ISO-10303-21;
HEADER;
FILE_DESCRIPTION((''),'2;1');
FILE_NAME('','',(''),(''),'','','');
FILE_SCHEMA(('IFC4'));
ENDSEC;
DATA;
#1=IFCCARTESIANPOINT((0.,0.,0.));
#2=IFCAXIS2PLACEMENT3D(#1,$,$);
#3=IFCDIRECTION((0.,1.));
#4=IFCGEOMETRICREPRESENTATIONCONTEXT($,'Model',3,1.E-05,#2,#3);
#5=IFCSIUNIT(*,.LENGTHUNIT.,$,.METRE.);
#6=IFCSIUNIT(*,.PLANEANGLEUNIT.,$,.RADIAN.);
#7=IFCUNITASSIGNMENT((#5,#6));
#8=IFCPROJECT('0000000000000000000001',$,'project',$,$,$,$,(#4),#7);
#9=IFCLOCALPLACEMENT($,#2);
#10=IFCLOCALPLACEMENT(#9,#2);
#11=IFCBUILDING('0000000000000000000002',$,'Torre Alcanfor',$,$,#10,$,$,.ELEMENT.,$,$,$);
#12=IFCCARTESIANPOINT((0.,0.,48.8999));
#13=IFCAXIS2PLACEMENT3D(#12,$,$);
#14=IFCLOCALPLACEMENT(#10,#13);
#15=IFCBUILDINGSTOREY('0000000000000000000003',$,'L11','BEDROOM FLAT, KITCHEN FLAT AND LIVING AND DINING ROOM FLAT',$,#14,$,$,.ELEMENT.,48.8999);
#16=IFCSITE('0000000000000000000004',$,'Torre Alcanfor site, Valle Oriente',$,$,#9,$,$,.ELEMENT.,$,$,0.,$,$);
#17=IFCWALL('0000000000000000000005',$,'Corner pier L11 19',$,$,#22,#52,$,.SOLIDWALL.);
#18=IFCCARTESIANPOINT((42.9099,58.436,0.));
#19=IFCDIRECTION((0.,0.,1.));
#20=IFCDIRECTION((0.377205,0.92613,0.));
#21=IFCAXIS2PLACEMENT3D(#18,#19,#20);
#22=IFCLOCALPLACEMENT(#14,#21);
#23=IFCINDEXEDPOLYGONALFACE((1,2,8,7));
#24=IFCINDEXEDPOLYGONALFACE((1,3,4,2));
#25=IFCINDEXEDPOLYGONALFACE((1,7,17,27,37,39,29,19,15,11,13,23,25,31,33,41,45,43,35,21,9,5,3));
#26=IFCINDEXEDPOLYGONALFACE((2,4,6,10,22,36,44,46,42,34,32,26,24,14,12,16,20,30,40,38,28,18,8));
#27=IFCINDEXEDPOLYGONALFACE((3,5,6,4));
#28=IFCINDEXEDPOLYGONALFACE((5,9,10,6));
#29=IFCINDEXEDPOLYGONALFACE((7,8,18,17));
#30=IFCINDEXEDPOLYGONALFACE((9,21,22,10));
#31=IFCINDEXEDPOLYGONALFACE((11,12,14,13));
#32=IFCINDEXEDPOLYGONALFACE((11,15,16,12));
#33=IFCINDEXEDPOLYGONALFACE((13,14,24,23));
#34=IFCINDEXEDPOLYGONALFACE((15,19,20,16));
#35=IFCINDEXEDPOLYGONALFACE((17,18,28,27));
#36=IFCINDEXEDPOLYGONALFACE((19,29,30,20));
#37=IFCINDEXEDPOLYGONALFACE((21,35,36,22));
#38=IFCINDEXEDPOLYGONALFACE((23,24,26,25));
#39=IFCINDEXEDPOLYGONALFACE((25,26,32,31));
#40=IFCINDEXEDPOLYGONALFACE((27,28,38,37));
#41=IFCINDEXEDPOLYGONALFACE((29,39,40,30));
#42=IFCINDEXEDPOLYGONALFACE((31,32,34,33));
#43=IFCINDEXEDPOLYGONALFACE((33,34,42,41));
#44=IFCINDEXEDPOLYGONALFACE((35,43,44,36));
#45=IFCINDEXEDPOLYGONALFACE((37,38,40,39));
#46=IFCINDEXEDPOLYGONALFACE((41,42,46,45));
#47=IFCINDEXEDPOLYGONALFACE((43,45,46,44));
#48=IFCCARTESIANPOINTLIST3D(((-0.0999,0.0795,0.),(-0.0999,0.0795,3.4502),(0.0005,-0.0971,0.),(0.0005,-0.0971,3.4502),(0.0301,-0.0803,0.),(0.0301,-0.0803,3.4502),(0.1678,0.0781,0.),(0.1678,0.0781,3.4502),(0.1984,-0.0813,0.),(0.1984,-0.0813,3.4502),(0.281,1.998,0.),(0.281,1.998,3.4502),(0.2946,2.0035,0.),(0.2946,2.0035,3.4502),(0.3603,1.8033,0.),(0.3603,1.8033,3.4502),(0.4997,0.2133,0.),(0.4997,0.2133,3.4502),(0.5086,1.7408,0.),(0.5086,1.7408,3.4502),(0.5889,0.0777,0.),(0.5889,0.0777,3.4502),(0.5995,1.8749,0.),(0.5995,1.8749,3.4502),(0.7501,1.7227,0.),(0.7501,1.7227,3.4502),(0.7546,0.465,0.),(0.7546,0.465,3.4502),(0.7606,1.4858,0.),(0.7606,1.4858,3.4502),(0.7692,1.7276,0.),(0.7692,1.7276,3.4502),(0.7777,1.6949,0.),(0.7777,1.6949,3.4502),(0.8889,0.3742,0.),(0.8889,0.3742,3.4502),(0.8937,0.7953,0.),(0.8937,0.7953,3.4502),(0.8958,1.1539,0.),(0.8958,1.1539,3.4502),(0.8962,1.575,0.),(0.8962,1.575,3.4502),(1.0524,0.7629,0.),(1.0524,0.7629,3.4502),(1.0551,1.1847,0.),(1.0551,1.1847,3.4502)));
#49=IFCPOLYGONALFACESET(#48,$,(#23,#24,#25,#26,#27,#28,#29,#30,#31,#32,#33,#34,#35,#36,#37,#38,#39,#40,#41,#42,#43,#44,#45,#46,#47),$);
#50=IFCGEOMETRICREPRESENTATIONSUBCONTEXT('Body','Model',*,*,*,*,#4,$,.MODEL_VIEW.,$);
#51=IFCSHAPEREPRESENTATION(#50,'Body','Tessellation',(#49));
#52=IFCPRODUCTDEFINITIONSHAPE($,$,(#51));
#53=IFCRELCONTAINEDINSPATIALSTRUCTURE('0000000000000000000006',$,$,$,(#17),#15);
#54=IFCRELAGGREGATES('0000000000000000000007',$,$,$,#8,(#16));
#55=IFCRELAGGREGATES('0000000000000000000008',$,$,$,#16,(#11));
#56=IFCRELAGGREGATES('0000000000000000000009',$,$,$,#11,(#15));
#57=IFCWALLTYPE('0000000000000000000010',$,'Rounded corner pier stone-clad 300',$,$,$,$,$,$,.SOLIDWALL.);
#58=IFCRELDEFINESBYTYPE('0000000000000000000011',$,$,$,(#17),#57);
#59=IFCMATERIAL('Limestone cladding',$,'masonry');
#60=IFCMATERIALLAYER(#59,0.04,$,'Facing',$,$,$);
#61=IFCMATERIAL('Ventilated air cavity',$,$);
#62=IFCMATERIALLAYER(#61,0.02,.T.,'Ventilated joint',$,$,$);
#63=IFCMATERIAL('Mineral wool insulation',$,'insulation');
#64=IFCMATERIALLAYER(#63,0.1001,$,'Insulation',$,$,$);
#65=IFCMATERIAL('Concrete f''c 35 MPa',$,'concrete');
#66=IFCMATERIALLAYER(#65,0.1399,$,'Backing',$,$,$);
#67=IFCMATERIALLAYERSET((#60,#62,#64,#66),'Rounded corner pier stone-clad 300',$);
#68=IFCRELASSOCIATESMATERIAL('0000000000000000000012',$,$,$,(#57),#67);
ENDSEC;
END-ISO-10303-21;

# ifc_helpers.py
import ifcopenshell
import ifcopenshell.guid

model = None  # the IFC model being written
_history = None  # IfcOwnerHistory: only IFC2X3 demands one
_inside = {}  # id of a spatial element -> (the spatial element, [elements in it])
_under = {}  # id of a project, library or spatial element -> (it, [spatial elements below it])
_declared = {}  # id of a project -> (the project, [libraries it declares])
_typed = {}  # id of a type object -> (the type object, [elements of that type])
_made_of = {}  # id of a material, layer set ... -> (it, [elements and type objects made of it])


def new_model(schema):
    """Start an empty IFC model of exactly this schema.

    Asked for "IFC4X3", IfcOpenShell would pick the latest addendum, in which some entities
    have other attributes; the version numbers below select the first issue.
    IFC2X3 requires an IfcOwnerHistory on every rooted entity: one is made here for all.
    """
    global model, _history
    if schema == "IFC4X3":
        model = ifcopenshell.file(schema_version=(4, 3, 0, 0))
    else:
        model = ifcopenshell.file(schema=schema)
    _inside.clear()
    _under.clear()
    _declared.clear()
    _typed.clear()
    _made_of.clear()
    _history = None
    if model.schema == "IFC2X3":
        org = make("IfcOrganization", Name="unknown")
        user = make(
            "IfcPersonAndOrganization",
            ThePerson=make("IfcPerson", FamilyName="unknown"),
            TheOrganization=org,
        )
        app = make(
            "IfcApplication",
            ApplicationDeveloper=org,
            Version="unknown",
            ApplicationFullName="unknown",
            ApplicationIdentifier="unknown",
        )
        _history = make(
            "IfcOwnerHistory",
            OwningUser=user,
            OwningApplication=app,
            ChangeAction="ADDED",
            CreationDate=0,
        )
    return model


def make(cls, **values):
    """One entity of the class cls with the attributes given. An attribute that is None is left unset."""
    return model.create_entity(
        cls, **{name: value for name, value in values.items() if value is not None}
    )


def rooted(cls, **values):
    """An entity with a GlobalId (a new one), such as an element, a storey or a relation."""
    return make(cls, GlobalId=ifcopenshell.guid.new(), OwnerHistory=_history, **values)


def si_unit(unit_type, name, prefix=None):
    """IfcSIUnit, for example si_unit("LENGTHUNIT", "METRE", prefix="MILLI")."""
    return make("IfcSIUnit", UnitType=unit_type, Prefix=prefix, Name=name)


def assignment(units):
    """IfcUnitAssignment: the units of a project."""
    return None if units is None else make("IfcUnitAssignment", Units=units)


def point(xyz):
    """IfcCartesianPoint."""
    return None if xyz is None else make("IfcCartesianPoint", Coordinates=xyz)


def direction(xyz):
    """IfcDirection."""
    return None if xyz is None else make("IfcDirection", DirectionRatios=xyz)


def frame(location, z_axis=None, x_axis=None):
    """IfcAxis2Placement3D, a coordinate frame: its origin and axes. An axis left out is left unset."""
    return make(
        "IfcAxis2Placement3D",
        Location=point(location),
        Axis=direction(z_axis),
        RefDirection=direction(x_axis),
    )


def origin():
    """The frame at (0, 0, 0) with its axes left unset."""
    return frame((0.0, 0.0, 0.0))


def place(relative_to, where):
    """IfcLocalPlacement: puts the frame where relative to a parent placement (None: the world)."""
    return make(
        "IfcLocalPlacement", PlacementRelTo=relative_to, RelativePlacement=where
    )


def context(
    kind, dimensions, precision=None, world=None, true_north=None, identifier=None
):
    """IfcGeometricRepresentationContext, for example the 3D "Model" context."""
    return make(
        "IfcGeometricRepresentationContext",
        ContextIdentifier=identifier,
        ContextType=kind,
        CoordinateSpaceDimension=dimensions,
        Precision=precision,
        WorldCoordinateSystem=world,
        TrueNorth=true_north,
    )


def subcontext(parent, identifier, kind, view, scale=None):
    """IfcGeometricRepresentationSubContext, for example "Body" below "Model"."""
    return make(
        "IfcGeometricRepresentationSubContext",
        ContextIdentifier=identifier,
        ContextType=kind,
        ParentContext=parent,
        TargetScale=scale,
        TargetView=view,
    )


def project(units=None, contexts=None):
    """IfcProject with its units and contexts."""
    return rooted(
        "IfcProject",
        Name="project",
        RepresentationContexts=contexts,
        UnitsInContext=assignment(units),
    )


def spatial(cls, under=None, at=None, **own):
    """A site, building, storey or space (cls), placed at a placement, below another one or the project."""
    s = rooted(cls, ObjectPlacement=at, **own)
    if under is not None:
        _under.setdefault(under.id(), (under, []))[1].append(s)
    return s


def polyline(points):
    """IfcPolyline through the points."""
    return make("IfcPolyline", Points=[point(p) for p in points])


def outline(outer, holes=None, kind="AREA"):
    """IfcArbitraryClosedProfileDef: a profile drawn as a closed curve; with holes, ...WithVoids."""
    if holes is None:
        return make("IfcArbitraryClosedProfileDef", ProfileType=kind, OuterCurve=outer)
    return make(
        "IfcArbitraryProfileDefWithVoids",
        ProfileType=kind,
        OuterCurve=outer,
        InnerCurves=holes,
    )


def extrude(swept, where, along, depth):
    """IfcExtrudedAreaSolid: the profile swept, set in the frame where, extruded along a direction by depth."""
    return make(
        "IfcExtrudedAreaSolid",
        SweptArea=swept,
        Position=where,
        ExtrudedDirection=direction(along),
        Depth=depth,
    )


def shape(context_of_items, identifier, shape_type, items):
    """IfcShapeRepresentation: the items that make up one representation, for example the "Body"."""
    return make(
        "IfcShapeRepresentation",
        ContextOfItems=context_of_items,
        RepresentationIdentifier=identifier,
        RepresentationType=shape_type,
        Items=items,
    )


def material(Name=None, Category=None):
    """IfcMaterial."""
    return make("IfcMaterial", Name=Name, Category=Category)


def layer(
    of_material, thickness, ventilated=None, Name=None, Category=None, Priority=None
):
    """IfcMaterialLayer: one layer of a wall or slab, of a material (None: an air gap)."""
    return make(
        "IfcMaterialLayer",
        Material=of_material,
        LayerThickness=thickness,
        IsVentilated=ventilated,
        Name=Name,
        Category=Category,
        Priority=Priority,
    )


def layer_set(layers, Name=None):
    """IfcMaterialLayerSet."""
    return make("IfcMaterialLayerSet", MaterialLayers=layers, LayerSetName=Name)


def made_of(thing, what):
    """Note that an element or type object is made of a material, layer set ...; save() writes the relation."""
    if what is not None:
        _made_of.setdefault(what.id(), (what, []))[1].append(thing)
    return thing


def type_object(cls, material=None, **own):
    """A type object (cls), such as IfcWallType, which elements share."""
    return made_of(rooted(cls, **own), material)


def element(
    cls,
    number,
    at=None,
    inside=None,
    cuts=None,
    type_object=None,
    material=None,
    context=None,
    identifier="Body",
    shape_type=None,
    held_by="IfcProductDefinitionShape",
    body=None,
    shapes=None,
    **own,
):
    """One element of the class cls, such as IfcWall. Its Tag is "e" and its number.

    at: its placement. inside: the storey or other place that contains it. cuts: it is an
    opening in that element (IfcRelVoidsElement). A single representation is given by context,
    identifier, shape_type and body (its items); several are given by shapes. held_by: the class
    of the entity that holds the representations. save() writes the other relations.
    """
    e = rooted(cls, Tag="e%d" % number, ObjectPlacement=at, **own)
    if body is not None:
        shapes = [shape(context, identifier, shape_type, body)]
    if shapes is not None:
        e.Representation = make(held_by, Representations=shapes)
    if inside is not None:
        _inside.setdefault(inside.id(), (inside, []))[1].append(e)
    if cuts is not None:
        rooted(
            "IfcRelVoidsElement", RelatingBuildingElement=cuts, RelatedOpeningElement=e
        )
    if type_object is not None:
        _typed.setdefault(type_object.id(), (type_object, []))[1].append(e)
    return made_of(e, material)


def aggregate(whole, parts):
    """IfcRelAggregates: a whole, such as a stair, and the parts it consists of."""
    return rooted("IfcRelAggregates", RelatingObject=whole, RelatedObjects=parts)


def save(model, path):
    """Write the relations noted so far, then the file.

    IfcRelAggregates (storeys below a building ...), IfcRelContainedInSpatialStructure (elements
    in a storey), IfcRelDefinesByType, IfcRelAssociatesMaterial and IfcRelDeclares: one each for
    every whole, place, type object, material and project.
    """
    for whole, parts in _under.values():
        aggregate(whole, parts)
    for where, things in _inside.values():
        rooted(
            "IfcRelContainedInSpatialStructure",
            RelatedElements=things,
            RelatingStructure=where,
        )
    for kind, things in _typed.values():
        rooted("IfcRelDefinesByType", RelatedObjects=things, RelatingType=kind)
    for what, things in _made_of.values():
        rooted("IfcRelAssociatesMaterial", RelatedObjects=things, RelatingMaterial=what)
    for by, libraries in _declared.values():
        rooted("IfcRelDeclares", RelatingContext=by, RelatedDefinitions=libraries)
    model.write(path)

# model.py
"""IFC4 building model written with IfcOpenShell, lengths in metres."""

from ifc_helpers import new_model, si_unit, direction, frame, origin, place, context, subcontext, project, spatial, polyline, outline, extrude, material, layer, layer_set, type_object, element, save


model = new_model("IFC4")

# Units and contexts
model_context = context("Model", 3, precision=1e-05, world=origin(), true_north=direction((0.0, 1.0)))
body_context = subcontext(model_context, "Body", "Model", "MODEL_VIEW")
ifc_project = project(units=[si_unit("LENGTHUNIT", "METRE"), si_unit("PLANEANGLEUNIT", "RADIAN")], contexts=[model_context])

# Site, building, storey
site_placement = place(None, origin())
site = spatial("IfcSite", under=ifc_project, at=site_placement, Name="Torre Alcanfor site, Valle Oriente", CompositionType="ELEMENT", RefElevation=0.0)
building_placement = place(site_placement, origin())
building = spatial("IfcBuilding", under=site, at=building_placement, Name="Torre Alcanfor", CompositionType="ELEMENT")
storey_placement = place(building_placement, frame((0.0, 0.0, 48.8999)))
storey = spatial("IfcBuildingStorey", under=building, at=storey_placement, Name="L11", Description="BEDROOM FLAT, KITCHEN FLAT AND LIVING AND DINING ROOM FLAT", CompositionType="ELEMENT", Elevation=48.8999)

# Shared definitions
ifc_material_1 = material(Name="Limestone cladding", Category="masonry")
ifc_material_2 = material(Name="Ventilated air cavity")
ifc_material_3 = material(Name="Mineral wool insulation", Category="insulation")
ifc_material_4 = material(Name="Concrete f'c 35 MPa", Category="concrete")

# Wall
ifc_layer_1 = layer(ifc_material_1, 0.04, Name="Facing")
ifc_layer_2 = layer(ifc_material_2, 0.02, ventilated=True, Name="Ventilated joint")
ifc_layer_3 = layer(ifc_material_3, 0.1001, Name="Insulation")
ifc_layer_4 = layer(ifc_material_4, 0.1399, Name="Backing")
ifc_layer_set_1 = layer_set([ifc_layer_1, ifc_layer_2, ifc_layer_3, ifc_layer_4], Name="Rounded corner pier stone-clad 300")
wall_type_1 = type_object("IfcWallType", Name="Rounded corner pier stone-clad 300", PredefinedType="SOLIDWALL", material=ifc_layer_set_1)
wall_1_placement = place(storey_placement, frame((42.9099, 58.436, 0.0), z_axis=(0.0, 0.0, 1.0), x_axis=(0.377205, 0.92613, 0.0)))
element("IfcWall", 1, at=wall_1_placement, inside=storey, type_object=wall_type_1, Name="Corner pier L11 19", PredefinedType="SOLIDWALL", context=body_context, shape_type="SweptSolid", body=[
    extrude(outline(polyline([(0.7692, 1.7276), (0.7501, 1.7227), (0.5995, 1.8749), (0.2946, 2.0035), (0.281, 1.998), (0.3603, 1.8033), (0.5086, 1.7408), (0.7606, 1.4858), (0.8958, 1.1539), (0.8937, 0.7953), (0.7546, 0.465), (0.4997, 0.2133), (0.1678, 0.0781), (-0.0999, 0.0795), (0.0005, -0.0971), (0.0301, -0.0803), (0.1984, -0.0813), (0.5889, 0.0777), (0.8889, 0.3742), (1.0524, 0.7629), (1.0551, 1.1847), (0.8962, 1.575), (0.7777, 1.6949), (0.7692, 1.7276)])), origin(), (0.0, 0.0, 1.0), 3.4502),
])

save(model, "model.ifc")
